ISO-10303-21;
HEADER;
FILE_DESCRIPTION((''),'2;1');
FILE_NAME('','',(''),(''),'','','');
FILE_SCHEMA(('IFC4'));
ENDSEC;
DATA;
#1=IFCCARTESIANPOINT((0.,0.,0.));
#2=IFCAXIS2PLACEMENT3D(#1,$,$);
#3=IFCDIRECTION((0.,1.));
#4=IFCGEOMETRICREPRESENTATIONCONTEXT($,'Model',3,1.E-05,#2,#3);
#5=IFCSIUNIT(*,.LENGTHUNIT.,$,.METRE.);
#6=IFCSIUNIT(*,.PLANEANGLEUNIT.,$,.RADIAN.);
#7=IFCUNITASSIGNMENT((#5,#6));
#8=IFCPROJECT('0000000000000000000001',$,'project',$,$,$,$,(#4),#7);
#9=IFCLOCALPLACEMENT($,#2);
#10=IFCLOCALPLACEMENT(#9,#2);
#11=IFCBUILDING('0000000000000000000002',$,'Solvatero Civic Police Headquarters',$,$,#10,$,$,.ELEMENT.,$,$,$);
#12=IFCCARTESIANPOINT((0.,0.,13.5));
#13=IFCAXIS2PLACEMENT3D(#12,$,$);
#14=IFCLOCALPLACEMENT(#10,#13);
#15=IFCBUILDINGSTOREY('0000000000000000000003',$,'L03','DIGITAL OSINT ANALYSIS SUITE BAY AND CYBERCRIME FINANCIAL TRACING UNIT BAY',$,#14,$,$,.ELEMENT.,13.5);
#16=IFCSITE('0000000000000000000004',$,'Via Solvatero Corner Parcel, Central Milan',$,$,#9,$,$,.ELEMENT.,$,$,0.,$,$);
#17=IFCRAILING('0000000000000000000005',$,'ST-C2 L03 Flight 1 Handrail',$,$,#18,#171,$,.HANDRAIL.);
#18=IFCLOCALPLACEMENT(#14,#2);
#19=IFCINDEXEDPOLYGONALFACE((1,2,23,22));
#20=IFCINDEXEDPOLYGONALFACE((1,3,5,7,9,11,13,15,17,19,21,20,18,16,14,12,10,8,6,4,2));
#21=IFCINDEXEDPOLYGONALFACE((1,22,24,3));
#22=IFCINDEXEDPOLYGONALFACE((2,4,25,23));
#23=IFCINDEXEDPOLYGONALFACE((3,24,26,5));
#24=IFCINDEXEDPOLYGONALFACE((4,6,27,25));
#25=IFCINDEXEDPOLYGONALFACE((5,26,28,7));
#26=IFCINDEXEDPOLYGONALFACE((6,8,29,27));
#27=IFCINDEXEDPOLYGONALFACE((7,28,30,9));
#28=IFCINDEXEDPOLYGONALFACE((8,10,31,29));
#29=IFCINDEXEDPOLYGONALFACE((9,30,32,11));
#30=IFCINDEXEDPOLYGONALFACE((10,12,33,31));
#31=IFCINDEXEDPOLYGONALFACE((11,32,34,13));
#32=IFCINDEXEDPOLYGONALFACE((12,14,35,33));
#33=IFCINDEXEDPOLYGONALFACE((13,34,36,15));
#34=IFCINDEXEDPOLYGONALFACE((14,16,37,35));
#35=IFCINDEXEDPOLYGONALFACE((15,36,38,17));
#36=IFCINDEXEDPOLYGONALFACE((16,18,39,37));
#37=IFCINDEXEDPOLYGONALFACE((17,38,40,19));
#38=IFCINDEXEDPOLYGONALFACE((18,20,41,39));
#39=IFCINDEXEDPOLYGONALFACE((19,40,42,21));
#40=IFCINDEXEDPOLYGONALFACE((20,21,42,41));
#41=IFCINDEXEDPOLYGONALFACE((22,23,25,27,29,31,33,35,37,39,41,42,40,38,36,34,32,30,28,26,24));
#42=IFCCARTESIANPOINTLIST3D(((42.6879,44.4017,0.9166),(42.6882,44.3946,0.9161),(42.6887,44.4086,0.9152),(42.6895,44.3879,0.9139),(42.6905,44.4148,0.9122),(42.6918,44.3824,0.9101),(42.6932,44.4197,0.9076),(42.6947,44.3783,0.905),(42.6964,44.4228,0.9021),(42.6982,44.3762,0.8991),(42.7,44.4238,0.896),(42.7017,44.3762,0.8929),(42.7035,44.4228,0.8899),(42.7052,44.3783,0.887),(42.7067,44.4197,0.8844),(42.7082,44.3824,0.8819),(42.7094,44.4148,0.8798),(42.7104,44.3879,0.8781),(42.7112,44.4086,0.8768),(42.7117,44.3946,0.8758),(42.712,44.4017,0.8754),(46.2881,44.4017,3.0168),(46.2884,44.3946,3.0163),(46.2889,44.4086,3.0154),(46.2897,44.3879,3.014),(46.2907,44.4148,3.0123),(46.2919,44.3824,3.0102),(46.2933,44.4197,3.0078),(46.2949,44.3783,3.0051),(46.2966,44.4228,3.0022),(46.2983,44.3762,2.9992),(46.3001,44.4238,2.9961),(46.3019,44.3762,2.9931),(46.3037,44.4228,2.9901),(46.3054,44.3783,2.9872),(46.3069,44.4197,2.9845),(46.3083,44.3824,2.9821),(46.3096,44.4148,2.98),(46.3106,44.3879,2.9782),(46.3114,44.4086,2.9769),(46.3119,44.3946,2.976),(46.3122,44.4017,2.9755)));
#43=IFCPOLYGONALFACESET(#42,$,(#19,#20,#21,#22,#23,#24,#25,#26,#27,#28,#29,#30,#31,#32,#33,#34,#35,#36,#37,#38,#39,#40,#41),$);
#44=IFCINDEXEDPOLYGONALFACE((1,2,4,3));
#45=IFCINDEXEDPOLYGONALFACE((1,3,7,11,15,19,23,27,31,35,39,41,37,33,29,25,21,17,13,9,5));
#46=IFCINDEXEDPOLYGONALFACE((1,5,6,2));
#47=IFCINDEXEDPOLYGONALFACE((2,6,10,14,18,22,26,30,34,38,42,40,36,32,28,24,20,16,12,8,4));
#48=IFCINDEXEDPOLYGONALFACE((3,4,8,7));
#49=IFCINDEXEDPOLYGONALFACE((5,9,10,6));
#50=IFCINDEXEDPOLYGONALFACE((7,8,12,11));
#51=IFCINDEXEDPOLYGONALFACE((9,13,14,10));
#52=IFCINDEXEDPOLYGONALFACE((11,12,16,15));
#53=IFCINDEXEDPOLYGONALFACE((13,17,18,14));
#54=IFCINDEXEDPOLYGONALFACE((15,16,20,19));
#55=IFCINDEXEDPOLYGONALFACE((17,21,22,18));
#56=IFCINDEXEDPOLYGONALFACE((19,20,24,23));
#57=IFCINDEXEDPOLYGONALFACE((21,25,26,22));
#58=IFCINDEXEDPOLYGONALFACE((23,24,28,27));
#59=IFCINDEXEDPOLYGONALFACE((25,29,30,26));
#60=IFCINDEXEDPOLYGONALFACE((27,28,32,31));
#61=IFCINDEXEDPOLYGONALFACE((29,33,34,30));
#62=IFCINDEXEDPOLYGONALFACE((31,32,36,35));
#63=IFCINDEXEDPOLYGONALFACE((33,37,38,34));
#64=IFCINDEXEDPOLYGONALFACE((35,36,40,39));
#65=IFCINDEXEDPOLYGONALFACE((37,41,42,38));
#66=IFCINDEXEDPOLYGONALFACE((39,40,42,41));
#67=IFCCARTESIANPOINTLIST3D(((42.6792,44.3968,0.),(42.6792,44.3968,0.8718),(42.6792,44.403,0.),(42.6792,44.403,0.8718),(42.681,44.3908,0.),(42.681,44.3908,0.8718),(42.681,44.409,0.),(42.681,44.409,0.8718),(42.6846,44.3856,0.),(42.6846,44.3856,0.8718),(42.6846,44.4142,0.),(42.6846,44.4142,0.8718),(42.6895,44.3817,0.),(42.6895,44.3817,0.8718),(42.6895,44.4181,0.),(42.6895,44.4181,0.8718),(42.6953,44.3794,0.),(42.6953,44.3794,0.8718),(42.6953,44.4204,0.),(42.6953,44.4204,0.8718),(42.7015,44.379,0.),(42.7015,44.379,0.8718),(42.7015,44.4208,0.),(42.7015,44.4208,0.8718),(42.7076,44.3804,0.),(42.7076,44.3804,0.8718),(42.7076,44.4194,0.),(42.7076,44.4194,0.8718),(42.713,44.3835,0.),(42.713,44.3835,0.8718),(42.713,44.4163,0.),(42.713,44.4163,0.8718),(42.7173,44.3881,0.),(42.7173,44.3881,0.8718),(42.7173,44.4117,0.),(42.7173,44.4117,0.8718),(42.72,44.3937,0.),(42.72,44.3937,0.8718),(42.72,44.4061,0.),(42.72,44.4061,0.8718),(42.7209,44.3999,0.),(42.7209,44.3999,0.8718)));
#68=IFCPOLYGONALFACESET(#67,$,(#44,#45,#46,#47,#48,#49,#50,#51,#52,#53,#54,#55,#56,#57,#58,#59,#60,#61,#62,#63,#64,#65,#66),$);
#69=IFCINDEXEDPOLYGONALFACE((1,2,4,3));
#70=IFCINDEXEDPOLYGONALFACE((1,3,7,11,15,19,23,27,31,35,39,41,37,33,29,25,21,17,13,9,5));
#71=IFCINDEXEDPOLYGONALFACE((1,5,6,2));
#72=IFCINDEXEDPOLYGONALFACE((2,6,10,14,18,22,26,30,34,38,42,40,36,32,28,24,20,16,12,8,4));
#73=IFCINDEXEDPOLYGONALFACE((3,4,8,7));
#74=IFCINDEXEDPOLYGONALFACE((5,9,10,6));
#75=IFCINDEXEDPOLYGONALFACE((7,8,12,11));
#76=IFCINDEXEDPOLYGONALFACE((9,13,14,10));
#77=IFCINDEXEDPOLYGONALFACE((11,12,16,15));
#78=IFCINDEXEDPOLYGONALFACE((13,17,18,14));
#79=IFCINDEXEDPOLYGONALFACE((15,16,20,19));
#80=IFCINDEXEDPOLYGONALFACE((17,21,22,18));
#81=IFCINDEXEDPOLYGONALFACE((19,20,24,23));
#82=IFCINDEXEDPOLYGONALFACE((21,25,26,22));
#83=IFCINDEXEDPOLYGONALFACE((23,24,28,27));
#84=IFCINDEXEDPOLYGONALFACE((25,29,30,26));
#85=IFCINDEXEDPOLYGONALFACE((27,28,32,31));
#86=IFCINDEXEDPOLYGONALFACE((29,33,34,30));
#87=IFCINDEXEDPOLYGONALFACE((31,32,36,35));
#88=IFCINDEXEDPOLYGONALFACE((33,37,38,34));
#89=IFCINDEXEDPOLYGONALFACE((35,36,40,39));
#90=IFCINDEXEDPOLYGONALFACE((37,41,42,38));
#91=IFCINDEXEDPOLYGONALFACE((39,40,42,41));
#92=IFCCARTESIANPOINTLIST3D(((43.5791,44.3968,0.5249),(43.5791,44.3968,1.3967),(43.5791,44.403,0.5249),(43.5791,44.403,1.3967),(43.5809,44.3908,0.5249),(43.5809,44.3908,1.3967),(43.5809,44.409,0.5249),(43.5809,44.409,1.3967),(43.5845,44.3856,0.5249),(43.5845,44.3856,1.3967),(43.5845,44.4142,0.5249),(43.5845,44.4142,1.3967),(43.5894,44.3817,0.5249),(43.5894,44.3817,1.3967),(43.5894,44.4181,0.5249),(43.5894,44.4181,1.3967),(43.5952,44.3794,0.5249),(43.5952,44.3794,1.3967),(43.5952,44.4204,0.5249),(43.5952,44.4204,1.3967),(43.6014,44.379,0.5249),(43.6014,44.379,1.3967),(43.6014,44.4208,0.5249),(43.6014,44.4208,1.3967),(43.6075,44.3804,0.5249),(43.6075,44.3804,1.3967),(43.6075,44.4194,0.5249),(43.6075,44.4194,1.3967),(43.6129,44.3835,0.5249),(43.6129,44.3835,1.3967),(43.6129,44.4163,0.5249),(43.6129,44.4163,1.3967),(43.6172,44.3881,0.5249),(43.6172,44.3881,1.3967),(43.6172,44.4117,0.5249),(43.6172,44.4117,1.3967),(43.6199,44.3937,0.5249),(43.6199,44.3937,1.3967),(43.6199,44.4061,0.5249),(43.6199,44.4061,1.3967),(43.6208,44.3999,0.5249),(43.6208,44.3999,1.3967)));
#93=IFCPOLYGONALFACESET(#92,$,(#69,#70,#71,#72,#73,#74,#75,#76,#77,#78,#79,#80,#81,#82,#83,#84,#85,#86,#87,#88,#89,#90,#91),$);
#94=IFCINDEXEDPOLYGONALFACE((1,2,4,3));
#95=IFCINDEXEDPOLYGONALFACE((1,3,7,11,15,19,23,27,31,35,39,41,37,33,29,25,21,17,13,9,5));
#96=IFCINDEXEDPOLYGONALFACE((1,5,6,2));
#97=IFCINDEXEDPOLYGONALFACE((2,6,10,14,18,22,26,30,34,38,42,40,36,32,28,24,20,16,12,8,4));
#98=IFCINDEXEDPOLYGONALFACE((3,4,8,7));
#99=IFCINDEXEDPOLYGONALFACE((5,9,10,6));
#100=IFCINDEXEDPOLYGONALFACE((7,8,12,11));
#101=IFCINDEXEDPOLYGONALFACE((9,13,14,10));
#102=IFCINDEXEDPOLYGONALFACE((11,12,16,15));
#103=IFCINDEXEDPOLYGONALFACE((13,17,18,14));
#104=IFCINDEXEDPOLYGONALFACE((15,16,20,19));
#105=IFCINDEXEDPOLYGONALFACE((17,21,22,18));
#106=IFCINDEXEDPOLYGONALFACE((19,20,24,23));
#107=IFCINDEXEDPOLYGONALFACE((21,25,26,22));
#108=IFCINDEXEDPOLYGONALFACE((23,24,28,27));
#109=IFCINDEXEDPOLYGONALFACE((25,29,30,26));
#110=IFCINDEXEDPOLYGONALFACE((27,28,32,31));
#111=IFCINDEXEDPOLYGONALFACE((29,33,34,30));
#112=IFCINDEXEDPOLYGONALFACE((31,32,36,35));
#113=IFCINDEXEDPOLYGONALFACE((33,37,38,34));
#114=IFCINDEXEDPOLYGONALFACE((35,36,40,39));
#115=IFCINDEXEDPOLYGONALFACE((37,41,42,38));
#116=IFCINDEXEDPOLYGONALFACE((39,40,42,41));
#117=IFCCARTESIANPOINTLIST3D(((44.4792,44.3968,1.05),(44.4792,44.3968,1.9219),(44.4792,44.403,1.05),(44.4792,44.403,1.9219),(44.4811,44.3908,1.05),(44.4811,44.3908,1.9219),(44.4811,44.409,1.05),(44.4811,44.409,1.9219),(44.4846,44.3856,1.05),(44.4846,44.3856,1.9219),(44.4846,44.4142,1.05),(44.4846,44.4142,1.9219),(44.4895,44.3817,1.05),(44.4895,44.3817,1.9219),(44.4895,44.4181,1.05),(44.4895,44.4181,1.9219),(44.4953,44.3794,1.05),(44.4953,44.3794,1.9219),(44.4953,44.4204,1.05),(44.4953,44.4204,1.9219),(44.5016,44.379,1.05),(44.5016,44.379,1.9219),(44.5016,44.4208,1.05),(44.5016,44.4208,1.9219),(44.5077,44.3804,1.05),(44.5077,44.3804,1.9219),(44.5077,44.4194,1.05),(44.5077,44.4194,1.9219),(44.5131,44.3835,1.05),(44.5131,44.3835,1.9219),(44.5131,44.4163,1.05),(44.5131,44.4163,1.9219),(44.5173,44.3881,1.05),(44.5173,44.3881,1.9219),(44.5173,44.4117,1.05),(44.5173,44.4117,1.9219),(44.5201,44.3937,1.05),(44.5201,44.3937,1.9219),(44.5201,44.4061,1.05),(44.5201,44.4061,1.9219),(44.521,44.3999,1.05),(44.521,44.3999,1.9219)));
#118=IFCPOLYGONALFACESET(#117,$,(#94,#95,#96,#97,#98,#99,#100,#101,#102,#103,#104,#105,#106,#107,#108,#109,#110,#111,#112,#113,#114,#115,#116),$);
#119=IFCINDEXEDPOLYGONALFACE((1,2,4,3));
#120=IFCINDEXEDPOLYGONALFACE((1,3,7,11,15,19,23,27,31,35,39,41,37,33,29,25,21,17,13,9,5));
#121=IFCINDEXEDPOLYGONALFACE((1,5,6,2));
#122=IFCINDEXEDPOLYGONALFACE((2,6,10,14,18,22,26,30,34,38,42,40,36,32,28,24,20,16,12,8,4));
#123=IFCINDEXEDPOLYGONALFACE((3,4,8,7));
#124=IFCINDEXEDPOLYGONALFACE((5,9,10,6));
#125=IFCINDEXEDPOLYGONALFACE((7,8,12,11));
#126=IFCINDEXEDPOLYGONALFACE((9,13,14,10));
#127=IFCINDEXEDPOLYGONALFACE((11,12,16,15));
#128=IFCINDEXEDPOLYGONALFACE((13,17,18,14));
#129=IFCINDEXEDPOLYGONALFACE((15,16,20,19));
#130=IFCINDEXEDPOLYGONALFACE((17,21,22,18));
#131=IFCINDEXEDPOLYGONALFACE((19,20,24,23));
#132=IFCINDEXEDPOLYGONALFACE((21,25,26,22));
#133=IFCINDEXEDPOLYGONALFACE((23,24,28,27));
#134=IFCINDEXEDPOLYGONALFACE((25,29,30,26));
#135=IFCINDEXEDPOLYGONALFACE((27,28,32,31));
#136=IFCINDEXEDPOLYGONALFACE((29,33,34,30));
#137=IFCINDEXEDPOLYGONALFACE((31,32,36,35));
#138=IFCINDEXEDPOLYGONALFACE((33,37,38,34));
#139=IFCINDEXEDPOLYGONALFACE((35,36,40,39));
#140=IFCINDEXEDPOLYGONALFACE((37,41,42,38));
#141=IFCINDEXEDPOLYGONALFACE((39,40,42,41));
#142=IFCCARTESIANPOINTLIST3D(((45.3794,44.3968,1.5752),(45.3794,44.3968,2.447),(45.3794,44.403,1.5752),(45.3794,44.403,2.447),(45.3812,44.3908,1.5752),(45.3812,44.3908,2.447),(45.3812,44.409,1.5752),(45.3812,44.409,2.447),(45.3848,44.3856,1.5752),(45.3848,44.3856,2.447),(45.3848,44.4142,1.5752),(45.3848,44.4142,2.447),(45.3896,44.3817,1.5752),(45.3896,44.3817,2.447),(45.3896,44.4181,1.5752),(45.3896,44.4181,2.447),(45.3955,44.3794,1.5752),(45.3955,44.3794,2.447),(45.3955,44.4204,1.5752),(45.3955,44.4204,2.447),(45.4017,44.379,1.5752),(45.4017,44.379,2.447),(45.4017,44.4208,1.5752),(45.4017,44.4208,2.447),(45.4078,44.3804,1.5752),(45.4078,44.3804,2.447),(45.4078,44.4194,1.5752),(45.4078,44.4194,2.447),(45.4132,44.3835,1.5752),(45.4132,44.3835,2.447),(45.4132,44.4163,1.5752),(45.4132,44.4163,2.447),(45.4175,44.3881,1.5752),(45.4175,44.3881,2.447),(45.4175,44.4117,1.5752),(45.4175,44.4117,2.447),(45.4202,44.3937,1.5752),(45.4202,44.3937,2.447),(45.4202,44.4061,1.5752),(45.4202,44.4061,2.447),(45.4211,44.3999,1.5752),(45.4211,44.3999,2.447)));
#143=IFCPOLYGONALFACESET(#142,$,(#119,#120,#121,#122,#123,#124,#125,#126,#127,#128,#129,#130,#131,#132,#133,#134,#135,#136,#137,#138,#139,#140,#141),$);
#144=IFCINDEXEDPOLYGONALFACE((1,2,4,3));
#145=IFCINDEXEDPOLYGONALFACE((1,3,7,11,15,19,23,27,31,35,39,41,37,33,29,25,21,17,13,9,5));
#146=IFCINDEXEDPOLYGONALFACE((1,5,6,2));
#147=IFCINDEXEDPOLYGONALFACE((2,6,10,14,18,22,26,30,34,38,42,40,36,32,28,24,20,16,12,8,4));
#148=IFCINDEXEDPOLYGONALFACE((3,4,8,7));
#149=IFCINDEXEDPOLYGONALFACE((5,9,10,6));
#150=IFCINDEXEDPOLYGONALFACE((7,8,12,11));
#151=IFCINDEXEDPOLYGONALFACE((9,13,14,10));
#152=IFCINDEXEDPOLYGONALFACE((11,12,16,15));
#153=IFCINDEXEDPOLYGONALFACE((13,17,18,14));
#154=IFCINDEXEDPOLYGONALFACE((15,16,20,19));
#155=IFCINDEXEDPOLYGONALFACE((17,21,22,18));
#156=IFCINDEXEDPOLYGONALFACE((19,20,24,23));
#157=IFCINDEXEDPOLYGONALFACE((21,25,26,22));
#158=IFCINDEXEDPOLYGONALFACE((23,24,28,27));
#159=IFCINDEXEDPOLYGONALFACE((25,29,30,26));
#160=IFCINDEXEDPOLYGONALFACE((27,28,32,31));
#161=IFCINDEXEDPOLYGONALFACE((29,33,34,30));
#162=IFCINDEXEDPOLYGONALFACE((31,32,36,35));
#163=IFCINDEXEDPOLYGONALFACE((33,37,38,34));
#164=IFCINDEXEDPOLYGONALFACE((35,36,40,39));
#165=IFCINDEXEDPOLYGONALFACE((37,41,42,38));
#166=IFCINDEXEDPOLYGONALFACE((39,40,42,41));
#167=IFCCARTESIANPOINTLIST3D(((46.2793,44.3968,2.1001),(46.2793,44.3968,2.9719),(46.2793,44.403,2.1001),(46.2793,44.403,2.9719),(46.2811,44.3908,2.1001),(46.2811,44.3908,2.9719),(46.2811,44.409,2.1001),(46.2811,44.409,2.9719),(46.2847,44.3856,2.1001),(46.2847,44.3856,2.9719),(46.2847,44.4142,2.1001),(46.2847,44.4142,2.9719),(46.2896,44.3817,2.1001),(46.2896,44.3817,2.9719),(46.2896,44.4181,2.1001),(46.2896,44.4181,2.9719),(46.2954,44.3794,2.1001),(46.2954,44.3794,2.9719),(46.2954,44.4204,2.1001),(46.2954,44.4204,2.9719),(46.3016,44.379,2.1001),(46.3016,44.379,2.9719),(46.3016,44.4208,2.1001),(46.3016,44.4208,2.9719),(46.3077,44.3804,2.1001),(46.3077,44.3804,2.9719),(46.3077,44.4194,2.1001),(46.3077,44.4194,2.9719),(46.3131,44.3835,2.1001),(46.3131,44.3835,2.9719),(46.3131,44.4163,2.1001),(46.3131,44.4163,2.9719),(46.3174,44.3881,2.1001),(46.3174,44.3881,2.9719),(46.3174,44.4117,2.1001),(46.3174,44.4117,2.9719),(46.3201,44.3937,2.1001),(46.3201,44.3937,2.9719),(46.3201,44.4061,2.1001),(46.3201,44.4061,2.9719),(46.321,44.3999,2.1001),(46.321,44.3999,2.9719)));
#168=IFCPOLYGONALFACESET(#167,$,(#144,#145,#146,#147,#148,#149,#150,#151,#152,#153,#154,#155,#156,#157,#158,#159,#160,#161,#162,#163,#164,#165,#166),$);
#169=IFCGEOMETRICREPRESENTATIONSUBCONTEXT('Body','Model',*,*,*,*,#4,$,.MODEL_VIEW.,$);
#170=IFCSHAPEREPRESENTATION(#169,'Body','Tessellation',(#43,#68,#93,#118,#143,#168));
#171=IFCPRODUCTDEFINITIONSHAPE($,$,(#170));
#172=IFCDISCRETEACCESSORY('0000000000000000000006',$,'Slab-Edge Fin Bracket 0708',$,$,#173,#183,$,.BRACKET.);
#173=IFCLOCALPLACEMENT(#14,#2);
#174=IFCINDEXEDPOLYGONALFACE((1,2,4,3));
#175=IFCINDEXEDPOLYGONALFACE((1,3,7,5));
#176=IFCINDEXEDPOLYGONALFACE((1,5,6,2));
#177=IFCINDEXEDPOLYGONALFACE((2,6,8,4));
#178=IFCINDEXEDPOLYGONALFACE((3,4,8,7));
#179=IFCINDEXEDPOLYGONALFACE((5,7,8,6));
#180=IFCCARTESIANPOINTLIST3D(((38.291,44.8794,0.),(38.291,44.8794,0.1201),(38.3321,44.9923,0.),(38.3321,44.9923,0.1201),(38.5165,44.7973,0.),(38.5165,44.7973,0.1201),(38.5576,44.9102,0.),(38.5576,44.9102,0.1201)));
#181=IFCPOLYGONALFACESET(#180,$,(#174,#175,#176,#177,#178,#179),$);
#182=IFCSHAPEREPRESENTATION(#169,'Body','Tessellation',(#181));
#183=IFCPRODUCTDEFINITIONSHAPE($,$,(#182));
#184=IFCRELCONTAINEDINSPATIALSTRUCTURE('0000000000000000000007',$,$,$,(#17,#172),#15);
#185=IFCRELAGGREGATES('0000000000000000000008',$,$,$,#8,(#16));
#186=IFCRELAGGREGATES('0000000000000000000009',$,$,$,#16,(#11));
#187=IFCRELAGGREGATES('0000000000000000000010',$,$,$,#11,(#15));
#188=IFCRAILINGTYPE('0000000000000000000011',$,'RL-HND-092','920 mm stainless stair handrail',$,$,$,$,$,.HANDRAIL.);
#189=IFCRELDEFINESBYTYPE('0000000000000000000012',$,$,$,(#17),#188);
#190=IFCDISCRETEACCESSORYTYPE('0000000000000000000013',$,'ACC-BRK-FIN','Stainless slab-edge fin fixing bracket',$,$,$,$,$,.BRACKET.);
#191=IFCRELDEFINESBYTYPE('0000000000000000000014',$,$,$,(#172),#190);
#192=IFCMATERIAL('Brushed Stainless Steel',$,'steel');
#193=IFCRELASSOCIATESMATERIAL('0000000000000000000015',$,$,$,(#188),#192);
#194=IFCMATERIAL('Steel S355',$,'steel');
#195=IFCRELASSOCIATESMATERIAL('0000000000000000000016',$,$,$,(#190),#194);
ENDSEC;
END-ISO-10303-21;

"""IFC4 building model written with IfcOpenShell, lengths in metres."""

from ifc_helpers import new_model, si_unit, direction, frame, origin, origin_2d, place, context, subcontext, project, spatial, rectangle, circle, extrude, material, type_object, element, save


model = new_model("IFC4")

# Units and contexts
model_context = context("Model", 3, precision=1e-05, world=origin(), true_north=direction((0.0, 1.0)))
body_context = subcontext(model_context, "Body", "Model", "MODEL_VIEW")
ifc_project = project(units=[si_unit("LENGTHUNIT", "METRE"), si_unit("PLANEANGLEUNIT", "RADIAN")], contexts=[model_context])

# Site, building, storey
site_placement = place(None, origin())
site = spatial("IfcSite", under=ifc_project, at=site_placement, Name="Via Solvatero Corner Parcel, Central Milan", CompositionType="ELEMENT", RefElevation=0.0)
building_placement = place(site_placement, origin())
building = spatial("IfcBuilding", under=site, at=building_placement, Name="Solvatero Civic Police Headquarters", CompositionType="ELEMENT")
storey_placement = place(building_placement, frame((0.0, 0.0, 13.5)))
storey = spatial("IfcBuildingStorey", under=building, at=storey_placement, Name="L03", Description="DIGITAL OSINT ANALYSIS SUITE BAY AND CYBERCRIME FINANCIAL TRACING UNIT BAY", CompositionType="ELEMENT", Elevation=13.5)

# Shared definitions
ifc_material_1 = material(Name="Steel S355", Category="steel")

# Railing
ifc_material_2 = material(Name="Brushed Stainless Steel", Category="steel")
railing_type_1 = type_object("IfcRailingType", Name="RL-HND-092", Description="920 mm stainless stair handrail", PredefinedType="HANDRAIL", material=ifc_material_2)
railing_1_placement = place(storey_placement, frame((42.7, 44.3999, 0.0)))
element("IfcRailing", 1, at=railing_1_placement, inside=storey, type_object=railing_type_1, Name="ST-C2 L03 Flight 1 Handrail", PredefinedType="HANDRAIL", context=body_context, shape_type="SweptSolid", body=[
    extrude(circle(Radius=0.0239, at=origin_2d()), frame((0.0, 0.0, 0.896), z_axis=(0.863775, 0.0, 0.503878), x_axis=(0.0, 1.0, 0.0)), (0.0, 0.0, 1.0), 4.168),
    extrude(circle(Radius=0.021, at=origin_2d()), origin(), (0.0, 0.0, 1.0), 0.8718),
    extrude(circle(Radius=0.021, at=origin_2d()), frame((0.8999, 0.0, 0.5249)), (0.0, 0.0, 1.0), 0.8718),
    extrude(circle(Radius=0.021, at=origin_2d()), frame((1.8, 0.0, 1.05)), (0.0, 0.0, 1.0), 0.8718),
    extrude(circle(Radius=0.021, at=origin_2d()), frame((2.7002, 0.0, 1.5752)), (0.0, 0.0, 1.0), 0.8718),
    extrude(circle(Radius=0.021, at=origin_2d()), frame((3.6001, 0.0, 2.1001)), (0.0, 0.0, 1.0), 0.8718),
])

# Discrete accessory
discrete_accessory_type = type_object("IfcDiscreteAccessoryType", Name="ACC-BRK-FIN", Description="Stainless slab-edge fin fixing bracket", PredefinedType="BRACKET", material=ifc_material_1)
discrete_accessory_placement = place(storey_placement, frame((38.4243, 44.8948, 0.0), z_axis=(0.0, 0.0, 1.0), x_axis=(-0.34202, -0.939693, 0.0)))
element("IfcDiscreteAccessory", 2, at=discrete_accessory_placement, inside=storey, type_object=discrete_accessory_type, Name="Slab-Edge Fin Bracket 0708", PredefinedType="BRACKET", context=body_context, shape_type="SweptSolid", body=[
    extrude(rectangle(XDim=0.1201, YDim=0.24, at=origin_2d()), origin(), (0.0, 0.0, 1.0), 0.1201),
])

save(model, "model.ifc")
